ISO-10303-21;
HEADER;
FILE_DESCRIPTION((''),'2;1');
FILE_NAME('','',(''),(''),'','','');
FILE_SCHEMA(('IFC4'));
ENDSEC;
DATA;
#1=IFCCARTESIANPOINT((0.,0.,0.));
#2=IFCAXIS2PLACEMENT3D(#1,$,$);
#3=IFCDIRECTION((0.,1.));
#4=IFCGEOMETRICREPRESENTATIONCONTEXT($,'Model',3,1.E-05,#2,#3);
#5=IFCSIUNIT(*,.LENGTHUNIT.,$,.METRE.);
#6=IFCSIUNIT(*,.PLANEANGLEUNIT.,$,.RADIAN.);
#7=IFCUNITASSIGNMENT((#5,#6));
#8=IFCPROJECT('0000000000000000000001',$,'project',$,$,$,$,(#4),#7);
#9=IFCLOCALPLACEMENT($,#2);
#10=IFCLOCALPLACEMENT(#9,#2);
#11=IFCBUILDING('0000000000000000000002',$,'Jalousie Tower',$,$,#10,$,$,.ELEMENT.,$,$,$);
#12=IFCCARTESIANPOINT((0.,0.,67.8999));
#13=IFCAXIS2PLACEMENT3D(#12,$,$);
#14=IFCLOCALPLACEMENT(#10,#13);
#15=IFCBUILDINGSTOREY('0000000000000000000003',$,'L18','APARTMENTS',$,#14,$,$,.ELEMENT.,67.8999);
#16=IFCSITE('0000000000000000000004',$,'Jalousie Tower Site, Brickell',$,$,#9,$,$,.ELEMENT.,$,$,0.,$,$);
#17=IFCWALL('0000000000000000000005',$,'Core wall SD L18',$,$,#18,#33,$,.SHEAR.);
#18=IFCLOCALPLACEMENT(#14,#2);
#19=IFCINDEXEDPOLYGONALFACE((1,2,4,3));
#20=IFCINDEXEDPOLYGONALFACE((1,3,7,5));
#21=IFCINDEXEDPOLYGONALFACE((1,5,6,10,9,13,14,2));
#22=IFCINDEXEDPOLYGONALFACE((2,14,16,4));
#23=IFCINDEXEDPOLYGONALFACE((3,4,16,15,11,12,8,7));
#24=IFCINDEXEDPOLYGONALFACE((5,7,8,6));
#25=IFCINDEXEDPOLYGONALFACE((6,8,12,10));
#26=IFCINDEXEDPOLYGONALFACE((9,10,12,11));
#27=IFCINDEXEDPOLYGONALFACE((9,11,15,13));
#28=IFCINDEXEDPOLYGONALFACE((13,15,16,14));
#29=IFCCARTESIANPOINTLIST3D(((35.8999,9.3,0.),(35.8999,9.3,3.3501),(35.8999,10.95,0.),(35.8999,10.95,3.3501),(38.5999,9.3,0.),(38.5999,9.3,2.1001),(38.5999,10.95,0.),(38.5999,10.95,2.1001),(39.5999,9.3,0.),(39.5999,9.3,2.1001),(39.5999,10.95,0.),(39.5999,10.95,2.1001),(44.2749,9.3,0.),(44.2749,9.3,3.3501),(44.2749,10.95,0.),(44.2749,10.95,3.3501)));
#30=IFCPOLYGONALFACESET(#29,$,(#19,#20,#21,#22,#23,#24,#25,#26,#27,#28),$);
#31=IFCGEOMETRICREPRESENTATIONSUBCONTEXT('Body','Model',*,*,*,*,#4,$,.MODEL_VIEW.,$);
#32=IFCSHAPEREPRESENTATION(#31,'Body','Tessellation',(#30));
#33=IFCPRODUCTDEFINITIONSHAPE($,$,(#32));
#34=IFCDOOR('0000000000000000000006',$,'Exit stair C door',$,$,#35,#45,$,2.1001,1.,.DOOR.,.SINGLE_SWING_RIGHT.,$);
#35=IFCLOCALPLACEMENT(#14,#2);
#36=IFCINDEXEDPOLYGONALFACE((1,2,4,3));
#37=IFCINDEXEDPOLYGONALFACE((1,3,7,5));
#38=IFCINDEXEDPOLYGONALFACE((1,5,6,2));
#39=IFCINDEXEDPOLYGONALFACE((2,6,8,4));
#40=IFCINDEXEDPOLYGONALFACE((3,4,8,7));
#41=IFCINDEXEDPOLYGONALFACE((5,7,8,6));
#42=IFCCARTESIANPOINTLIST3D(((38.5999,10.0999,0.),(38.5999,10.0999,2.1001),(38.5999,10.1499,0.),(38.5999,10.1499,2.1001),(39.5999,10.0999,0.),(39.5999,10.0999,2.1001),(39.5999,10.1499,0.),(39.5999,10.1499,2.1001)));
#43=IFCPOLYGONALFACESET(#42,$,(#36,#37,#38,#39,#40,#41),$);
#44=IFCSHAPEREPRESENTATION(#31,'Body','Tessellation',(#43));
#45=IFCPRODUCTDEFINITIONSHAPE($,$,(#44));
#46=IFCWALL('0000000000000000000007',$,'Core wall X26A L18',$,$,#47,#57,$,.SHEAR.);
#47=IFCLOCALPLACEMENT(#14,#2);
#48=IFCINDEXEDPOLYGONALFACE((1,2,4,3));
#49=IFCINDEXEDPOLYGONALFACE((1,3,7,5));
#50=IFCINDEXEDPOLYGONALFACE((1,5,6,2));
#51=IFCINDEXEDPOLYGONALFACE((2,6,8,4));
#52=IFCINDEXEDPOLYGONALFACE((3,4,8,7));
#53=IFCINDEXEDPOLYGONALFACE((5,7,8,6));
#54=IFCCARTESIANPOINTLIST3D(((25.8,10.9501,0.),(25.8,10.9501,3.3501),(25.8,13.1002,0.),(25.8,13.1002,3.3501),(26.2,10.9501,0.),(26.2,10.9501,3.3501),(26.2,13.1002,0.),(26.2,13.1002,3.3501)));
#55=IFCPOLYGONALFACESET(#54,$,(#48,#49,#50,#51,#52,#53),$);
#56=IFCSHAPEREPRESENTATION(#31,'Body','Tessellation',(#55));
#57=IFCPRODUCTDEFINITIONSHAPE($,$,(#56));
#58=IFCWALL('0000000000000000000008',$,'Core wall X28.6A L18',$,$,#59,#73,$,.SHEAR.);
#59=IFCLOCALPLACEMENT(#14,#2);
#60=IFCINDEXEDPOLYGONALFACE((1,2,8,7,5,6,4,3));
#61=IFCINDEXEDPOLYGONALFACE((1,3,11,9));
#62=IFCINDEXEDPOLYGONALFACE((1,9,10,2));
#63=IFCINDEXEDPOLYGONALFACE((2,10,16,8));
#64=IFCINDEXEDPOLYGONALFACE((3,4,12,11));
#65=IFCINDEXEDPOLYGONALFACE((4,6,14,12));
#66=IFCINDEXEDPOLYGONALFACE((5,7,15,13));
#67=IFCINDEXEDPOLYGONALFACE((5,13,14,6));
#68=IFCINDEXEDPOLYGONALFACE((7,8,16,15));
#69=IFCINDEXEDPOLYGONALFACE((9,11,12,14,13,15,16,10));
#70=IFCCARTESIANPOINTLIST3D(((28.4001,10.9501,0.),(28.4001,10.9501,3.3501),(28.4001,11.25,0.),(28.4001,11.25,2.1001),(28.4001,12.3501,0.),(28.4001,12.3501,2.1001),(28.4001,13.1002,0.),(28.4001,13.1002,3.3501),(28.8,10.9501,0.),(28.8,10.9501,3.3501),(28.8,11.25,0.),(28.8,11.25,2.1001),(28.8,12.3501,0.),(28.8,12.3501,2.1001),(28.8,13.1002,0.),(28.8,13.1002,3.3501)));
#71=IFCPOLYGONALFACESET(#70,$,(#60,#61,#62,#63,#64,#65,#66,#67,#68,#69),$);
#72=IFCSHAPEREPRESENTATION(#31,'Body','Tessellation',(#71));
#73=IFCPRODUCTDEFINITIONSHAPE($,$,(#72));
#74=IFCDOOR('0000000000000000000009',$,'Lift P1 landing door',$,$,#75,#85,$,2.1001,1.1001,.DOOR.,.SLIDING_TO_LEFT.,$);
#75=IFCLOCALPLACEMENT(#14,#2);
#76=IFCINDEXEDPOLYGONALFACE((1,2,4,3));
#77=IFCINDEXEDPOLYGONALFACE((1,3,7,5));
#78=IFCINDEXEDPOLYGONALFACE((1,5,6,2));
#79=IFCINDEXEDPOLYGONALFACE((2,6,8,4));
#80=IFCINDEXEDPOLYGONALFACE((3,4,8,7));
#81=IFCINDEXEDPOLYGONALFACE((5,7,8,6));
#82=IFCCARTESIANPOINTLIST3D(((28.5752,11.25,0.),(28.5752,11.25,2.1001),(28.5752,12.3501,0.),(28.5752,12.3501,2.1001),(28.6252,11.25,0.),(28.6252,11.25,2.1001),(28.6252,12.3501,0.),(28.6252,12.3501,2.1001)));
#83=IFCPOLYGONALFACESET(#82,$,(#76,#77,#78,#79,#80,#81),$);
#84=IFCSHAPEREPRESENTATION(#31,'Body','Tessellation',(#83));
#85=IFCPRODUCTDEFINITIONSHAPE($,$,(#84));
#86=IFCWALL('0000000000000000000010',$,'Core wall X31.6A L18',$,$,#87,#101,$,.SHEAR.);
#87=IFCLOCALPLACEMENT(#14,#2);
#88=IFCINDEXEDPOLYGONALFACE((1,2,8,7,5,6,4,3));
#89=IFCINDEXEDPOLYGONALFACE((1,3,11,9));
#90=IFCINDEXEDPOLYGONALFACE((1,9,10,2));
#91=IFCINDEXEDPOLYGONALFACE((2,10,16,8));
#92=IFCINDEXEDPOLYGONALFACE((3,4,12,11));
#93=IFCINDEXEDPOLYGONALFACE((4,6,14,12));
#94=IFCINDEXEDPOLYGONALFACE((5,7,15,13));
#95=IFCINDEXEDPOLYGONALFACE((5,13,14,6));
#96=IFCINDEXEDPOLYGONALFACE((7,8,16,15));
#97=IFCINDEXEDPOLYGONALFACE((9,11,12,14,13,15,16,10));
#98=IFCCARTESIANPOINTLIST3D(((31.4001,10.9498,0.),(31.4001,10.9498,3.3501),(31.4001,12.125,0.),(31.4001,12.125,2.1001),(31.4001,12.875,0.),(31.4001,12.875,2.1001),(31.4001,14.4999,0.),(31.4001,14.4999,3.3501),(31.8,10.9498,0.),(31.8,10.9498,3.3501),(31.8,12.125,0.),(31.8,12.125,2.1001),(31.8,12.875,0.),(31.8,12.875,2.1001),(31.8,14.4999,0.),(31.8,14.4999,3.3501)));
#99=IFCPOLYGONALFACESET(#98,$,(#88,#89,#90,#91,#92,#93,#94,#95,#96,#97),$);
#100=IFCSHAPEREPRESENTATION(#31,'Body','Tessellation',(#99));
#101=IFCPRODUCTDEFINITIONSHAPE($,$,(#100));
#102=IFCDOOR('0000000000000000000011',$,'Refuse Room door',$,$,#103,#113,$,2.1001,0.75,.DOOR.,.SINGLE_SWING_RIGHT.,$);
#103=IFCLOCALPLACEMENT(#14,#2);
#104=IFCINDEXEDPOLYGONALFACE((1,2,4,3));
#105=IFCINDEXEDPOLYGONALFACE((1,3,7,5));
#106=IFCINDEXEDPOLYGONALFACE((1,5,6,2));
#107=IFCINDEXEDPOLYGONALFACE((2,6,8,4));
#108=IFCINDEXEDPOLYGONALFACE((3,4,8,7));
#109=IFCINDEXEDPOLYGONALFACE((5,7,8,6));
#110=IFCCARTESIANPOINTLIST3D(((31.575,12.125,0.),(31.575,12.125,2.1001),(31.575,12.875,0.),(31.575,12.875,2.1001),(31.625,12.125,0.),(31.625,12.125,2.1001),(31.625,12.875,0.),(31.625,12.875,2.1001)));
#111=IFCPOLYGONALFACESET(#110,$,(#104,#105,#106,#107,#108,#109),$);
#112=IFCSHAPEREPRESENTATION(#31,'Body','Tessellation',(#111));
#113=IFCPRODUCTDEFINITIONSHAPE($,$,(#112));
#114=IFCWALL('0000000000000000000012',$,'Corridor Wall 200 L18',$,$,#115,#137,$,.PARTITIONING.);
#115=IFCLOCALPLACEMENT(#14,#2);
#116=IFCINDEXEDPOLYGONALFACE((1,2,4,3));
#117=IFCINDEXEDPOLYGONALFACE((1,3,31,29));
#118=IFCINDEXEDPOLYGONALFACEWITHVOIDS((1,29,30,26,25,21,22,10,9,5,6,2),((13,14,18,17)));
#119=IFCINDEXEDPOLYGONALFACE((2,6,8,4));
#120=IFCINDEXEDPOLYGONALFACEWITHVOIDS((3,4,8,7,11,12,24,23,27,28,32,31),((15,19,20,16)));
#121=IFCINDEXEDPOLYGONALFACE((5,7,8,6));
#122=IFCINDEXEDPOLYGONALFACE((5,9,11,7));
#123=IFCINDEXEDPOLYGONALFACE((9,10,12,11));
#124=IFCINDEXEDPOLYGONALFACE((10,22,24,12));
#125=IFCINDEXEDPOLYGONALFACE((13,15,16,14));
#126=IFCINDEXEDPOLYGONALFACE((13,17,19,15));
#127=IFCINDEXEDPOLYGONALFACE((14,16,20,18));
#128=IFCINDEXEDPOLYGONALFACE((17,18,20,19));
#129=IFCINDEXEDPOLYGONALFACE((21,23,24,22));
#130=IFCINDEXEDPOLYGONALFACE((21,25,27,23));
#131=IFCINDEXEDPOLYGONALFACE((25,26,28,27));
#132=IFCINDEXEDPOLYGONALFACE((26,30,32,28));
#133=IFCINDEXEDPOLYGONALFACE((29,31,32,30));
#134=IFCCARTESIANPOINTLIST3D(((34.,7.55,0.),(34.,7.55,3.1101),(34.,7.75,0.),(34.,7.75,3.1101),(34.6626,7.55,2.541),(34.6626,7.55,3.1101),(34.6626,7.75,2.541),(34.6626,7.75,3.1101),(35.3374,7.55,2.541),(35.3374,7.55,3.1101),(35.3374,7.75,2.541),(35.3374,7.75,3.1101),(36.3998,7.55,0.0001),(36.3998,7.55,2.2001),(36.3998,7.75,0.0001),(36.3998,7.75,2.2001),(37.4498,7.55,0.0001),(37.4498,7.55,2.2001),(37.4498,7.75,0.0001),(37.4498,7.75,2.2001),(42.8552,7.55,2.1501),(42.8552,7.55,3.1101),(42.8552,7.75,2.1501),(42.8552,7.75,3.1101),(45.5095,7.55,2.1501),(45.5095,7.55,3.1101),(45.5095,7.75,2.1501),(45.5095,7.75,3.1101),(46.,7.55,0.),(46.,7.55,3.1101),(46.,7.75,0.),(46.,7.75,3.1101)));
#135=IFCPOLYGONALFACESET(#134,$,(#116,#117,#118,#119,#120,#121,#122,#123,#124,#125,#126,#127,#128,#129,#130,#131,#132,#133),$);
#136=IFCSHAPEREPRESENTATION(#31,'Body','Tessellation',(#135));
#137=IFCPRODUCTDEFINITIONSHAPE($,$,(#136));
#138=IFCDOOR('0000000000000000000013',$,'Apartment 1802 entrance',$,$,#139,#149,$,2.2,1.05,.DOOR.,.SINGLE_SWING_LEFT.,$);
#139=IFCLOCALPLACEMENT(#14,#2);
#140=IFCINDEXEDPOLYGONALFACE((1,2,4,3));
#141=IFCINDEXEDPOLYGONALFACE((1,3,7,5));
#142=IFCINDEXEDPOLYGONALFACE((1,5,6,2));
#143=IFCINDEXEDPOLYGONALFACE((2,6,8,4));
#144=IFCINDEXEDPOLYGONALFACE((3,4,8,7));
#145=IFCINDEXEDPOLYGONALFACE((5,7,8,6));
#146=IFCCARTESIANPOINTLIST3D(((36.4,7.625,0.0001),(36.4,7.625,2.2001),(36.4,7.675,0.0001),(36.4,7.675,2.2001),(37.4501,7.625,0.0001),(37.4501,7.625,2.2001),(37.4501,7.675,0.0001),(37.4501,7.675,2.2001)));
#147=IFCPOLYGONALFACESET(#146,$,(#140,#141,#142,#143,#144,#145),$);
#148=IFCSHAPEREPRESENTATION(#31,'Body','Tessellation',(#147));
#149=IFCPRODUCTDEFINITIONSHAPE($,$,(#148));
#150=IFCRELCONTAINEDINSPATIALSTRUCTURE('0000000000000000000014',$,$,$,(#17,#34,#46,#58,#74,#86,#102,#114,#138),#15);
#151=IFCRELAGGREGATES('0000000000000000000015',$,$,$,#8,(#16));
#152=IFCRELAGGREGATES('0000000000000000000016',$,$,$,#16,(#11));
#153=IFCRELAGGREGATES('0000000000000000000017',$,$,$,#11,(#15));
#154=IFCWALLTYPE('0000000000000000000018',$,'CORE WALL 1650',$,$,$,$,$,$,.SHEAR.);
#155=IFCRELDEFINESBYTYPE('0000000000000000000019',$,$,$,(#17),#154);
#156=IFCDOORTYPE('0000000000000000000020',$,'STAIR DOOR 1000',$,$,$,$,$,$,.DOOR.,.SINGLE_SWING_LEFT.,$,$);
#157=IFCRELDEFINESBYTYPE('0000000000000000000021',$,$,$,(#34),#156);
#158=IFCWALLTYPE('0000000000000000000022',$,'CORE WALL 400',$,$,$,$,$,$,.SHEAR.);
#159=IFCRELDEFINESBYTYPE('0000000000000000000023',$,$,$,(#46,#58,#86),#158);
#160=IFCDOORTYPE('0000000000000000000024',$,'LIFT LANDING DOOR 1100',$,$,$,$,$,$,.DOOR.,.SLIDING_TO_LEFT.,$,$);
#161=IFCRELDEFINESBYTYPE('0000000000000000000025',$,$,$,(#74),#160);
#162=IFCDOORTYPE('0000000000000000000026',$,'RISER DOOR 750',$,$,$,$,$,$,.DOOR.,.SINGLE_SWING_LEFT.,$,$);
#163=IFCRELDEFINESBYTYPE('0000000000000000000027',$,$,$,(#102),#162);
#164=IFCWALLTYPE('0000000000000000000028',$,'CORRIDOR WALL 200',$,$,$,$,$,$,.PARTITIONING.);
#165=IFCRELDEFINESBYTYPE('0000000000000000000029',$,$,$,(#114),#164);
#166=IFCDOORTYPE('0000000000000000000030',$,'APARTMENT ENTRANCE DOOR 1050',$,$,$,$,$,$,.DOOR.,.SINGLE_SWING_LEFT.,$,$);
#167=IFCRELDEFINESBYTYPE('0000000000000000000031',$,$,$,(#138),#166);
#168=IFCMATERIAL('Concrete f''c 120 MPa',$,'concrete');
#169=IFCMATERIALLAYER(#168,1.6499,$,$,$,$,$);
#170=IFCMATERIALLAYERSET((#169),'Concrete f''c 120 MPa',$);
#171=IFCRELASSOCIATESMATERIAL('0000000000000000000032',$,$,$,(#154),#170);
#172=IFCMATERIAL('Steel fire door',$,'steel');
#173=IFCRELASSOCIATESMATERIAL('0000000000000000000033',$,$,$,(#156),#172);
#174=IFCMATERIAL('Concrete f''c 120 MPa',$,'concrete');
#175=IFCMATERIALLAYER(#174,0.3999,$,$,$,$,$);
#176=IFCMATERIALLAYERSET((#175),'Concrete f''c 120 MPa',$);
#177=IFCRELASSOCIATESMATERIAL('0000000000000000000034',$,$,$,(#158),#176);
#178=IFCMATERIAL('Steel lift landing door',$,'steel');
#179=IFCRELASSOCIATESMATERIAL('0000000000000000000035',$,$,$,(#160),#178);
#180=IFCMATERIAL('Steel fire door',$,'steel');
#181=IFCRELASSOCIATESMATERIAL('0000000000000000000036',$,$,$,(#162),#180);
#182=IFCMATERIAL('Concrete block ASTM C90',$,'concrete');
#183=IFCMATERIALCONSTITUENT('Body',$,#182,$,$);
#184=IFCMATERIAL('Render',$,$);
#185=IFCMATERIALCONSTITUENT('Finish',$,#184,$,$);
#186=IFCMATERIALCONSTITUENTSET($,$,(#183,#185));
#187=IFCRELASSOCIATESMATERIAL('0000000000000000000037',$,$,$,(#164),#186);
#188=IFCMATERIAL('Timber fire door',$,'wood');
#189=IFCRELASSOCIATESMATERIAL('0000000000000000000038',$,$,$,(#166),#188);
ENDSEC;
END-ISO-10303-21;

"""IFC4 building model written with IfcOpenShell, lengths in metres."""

from ifc_helpers import new_model, si_unit, direction, frame, frame_2d, origin, place, context, subcontext, project, spatial, polyline, rectangle, outline, extrude, material, layer, layer_set, constituent, constituent_set, type_object, element, fill, save


model = new_model("IFC4")

# Units and contexts
model_context = context("Model", 3, precision=1e-05, world=origin(), true_north=direction((0.0, 1.0)))
body_context = subcontext(model_context, "Body", "Model", "MODEL_VIEW")
ifc_project = project(units=[si_unit("LENGTHUNIT", "METRE"), si_unit("PLANEANGLEUNIT", "RADIAN")], contexts=[model_context])

# Site, building, storey
site_placement = place(None, origin())
site = spatial("IfcSite", under=ifc_project, at=site_placement, Name="Jalousie Tower Site, Brickell", CompositionType="ELEMENT", RefElevation=0.0)
building_placement = place(site_placement, origin())
building = spatial("IfcBuilding", under=site, at=building_placement, Name="Jalousie Tower", CompositionType="ELEMENT")
storey_placement = place(building_placement, frame((0.0, 0.0, 67.8999)))
storey = spatial("IfcBuildingStorey", under=building, at=storey_placement, Name="L18", Description="APARTMENTS", CompositionType="ELEMENT", Elevation=67.8999)

# Shared definitions
ifc_material_1 = material(Name="Concrete f'c 120 MPa", Category="concrete")
ifc_layer_1 = layer(ifc_material_1, 1.6499)
ifc_layer_set_1 = layer_set([ifc_layer_1], Name="Concrete f'c 120 MPa")
wall_type_1 = type_object("IfcWallType", Name="CORE WALL 1650", PredefinedType="SHEAR", material=ifc_layer_set_1)

# Wall, opening, door
wall_1_placement = place(storey_placement, frame((35.8999, 10.125, 0.0), z_axis=(0.0, 0.0, 1.0), x_axis=(1.0, 0.0, 0.0)))
wall_1 = element("IfcWall", 1, at=wall_1_placement, inside=storey, type_object=wall_type_1, Name="Core wall SD L18", PredefinedType="SHEAR", context=body_context, shape_type="SweptSolid", body=[
    extrude(rectangle(XDim=8.375, YDim=1.6499, at=frame_2d((4.1875, 0.0))), origin(), (0.0, 0.0, 1.0), 3.3501),
])
opening_1_placement = place(wall_1_placement, frame((2.7, 0.0, 0.0)))
opening_1 = element("IfcOpeningElement", 2, at=opening_1_placement, cuts=wall_1, PredefinedType="OPENING", context=body_context, shape_type="SweptSolid", body=[
    extrude(rectangle(XDim=1.0, YDim=2.1001, at=frame_2d((0.5, 1.05))), frame((0.0, 0.835, 0.0), z_axis=(0.0, -1.0, 0.0), x_axis=(1.0, 0.0, 0.0)), (0.0, 0.0, 1.0), 1.6699),
])
ifc_material_2 = material(Name="Steel fire door", Category="steel")
door_type_1 = type_object("IfcDoorType", Name="STAIR DOOR 1000", OperationType="SINGLE_SWING_LEFT", PredefinedType="DOOR", material=ifc_material_2)
door_1_placement = place(opening_1_placement, origin())
door_1 = element("IfcDoor", 3, at=door_1_placement, inside=storey, type_object=door_type_1, Name="Exit stair C door", OperationType="SINGLE_SWING_RIGHT", OverallHeight=2.1001, OverallWidth=1.0, PredefinedType="DOOR", context=body_context, shape_type="SweptSolid", body=[
    extrude(rectangle(XDim=1.0, YDim=2.1001, at=frame_2d((0.5, 1.05))), frame((0.0, 0.0249, 0.0), z_axis=(0.0, -1.0, 0.0), x_axis=(1.0, 0.0, 0.0)), (0.0, 0.0, 1.0), 0.05),
])
fill(opening_1, door_1)

# Wall
ifc_material_3 = material(Name="Concrete f'c 120 MPa", Category="concrete")
ifc_layer_2 = layer(ifc_material_3, 0.3999)
ifc_layer_set_2 = layer_set([ifc_layer_2], Name="Concrete f'c 120 MPa")
wall_type_2 = type_object("IfcWallType", Name="CORE WALL 400", PredefinedType="SHEAR", material=ifc_layer_set_2)
wall_2_placement = place(storey_placement, frame((26.0, 10.95, 0.0), z_axis=(0.0, 0.0, 1.0), x_axis=(0.0, 1.0, 0.0)))
element("IfcWall", 4, at=wall_2_placement, inside=storey, type_object=wall_type_2, Name="Core wall X26A L18", PredefinedType="SHEAR", context=body_context, shape_type="SweptSolid", body=[
    extrude(rectangle(XDim=2.1501, YDim=0.3999, at=frame_2d((1.0752, 0.0))), origin(), (0.0, 0.0, 1.0), 3.3501),
])

# Walls, openings, doors
wall_3_placement = place(storey_placement, frame((28.6001, 10.95, 0.0), z_axis=(0.0, 0.0, 1.0), x_axis=(0.0, 1.0, 0.0)))
wall_3 = element("IfcWall", 5, at=wall_3_placement, inside=storey, type_object=wall_type_2, Name="Core wall X28.6A L18", PredefinedType="SHEAR", context=body_context, shape_type="SweptSolid", body=[
    extrude(rectangle(XDim=2.1501, YDim=0.3999, at=frame_2d((1.0752, 0.0))), origin(), (0.0, 0.0, 1.0), 3.3501),
])
opening_2_placement = place(wall_3_placement, frame((0.3, 0.0, 0.0)))
opening_2 = element("IfcOpeningElement", 6, at=opening_2_placement, cuts=wall_3, PredefinedType="OPENING", context=body_context, shape_type="SweptSolid", body=[
    extrude(rectangle(XDim=1.1001, YDim=2.1001, at=frame_2d((0.55, 1.05))), frame((0.0, 0.21, 0.0), z_axis=(0.0, -1.0, 0.0), x_axis=(1.0, 0.0, 0.0)), (0.0, 0.0, 1.0), 0.4199),
])
ifc_material_4 = material(Name="Steel lift landing door", Category="steel")
door_type_2 = type_object("IfcDoorType", Name="LIFT LANDING DOOR 1100", OperationType="SLIDING_TO_LEFT", PredefinedType="DOOR", material=ifc_material_4)
door_2_placement = place(opening_2_placement, origin())
door_2 = element("IfcDoor", 7, at=door_2_placement, inside=storey, type_object=door_type_2, Name="Lift P1 landing door", OperationType="SLIDING_TO_LEFT", OverallHeight=2.1001, OverallWidth=1.1001, PredefinedType="DOOR", context=body_context, shape_type="SweptSolid", body=[
    extrude(rectangle(XDim=1.1001, YDim=2.1001, at=frame_2d((0.55, 1.05))), frame((0.0, 0.0249, 0.0), z_axis=(0.0, -1.0, 0.0), x_axis=(1.0, 0.0, 0.0)), (0.0, 0.0, 1.0), 0.05),
])
fill(opening_2, door_2)
wall_4_placement = place(storey_placement, frame((31.6001, 10.95, 0.0), z_axis=(0.0, 0.0, 1.0), x_axis=(0.0, 1.0, 0.0)))
wall_4 = element("IfcWall", 8, at=wall_4_placement, inside=storey, type_object=wall_type_2, Name="Core wall X31.6A L18", PredefinedType="SHEAR", context=body_context, shape_type="SweptSolid", body=[
    extrude(rectangle(XDim=3.55, YDim=0.3999, at=frame_2d((1.7749, 0.0))), origin(), (0.0, 0.0, 1.0), 3.3501),
])
opening_3_placement = place(wall_4_placement, frame((1.175, 0.0, 0.0)))
opening_3 = element("IfcOpeningElement", 9, at=opening_3_placement, cuts=wall_4, PredefinedType="OPENING", context=body_context, shape_type="SweptSolid", body=[
    extrude(rectangle(XDim=0.75, YDim=2.1001, at=frame_2d((0.375, 1.05))), frame((0.0, 0.21, 0.0), z_axis=(0.0, -1.0, 0.0), x_axis=(1.0, 0.0, 0.0)), (0.0, 0.0, 1.0), 0.4199),
])
ifc_material_5 = material(Name="Steel fire door", Category="steel")
door_type_3 = type_object("IfcDoorType", Name="RISER DOOR 750", OperationType="SINGLE_SWING_LEFT", PredefinedType="DOOR", material=ifc_material_5)
door_3_placement = place(opening_3_placement, frame((0.75, 0.0, 0.0), z_axis=(0.0, 0.0, 1.0), x_axis=(-1.0, 0.0, 0.0)))
door_3 = element("IfcDoor", 10, at=door_3_placement, inside=storey, type_object=door_type_3, Name="Refuse Room door", OperationType="SINGLE_SWING_RIGHT", OverallHeight=2.1001, OverallWidth=0.75, PredefinedType="DOOR", context=body_context, shape_type="SweptSolid", body=[
    extrude(rectangle(XDim=0.75, YDim=2.1001, at=frame_2d((0.375, 1.05))), frame((0.0, 0.0249, 0.0), z_axis=(0.0, -1.0, 0.0), x_axis=(1.0, 0.0, 0.0)), (0.0, 0.0, 1.0), 0.05),
])
fill(opening_3, door_3)
ifc_material_6 = material(Name="Concrete block ASTM C90", Category="concrete")
ifc_constituent_1 = constituent(ifc_material_6, Name="Body")
ifc_material_7 = material(Name="Render")
ifc_constituent_2 = constituent(ifc_material_7, Name="Finish")
ifc_constituent_set_1 = constituent_set(constituents=[ifc_constituent_1, ifc_constituent_2])
wall_type_3 = type_object("IfcWallType", Name="CORRIDOR WALL 200", PredefinedType="PARTITIONING", material=ifc_constituent_set_1)
wall_5_placement = place(storey_placement, frame((34.0, 7.6499, 0.0), z_axis=(0.0, 0.0, 1.0), x_axis=(1.0, 0.0, 0.0)))
wall_5 = element("IfcWall", 11, at=wall_5_placement, inside=storey, type_object=wall_type_3, Name="Corridor Wall 200 L18", PredefinedType="PARTITIONING", context=body_context, shape_type="SweptSolid", body=[
    extrude(outline(polyline([(0.0, 0.0), (12.0, 0.0), (12.0, 3.1101), (11.5095, 3.1101), (11.5095, 2.1501), (8.8552, 2.1501), (8.8552, 3.1101), (1.3374, 3.1101), (1.3374, 2.541), (0.6626, 2.541), (0.6626, 3.1101), (0.0, 3.1101), (0.0, 0.0)])), frame((0.0, 0.1001, 0.0), z_axis=(0.0, -1.0, 0.0), x_axis=(1.0, 0.0, 0.0)), (0.0, 0.0, 1.0), 0.2),
])
opening_4_placement = place(wall_5_placement, frame((2.3999, 0.0, 0.0)))
opening_4 = element("IfcOpeningElement", 12, at=opening_4_placement, cuts=wall_5, PredefinedType="OPENING", context=body_context, shape_type="SweptSolid", body=[
    extrude(rectangle(XDim=1.05, YDim=2.2, at=frame_2d((0.5249, 1.1001))), frame((0.0, 0.1099, 0.0), z_axis=(0.0, -1.0, 0.0), x_axis=(1.0, 0.0, 0.0)), (0.0, 0.0, 1.0), 0.22),
])
ifc_material_8 = material(Name="Timber fire door", Category="wood")
door_type_4 = type_object("IfcDoorType", Name="APARTMENT ENTRANCE DOOR 1050", OperationType="SINGLE_SWING_LEFT", PredefinedType="DOOR", material=ifc_material_8)
door_4_placement = place(opening_4_placement, frame((1.05, 0.0, 0.0), z_axis=(0.0, 0.0, 1.0), x_axis=(-1.0, 0.0, 0.0)))
door_4 = element("IfcDoor", 13, at=door_4_placement, inside=storey, type_object=door_type_4, Name="Apartment 1802 entrance", OperationType="SINGLE_SWING_LEFT", OverallHeight=2.2, OverallWidth=1.05, PredefinedType="DOOR", context=body_context, shape_type="SweptSolid", body=[
    extrude(rectangle(XDim=1.05, YDim=2.2, at=frame_2d((0.5249, 1.1001))), frame((0.0, 0.0249, 0.0), z_axis=(0.0, -1.0, 0.0), x_axis=(1.0, 0.0, 0.0)), (0.0, 0.0, 1.0), 0.05),
])
fill(opening_4, door_4)

save(model, "model.ifc")
